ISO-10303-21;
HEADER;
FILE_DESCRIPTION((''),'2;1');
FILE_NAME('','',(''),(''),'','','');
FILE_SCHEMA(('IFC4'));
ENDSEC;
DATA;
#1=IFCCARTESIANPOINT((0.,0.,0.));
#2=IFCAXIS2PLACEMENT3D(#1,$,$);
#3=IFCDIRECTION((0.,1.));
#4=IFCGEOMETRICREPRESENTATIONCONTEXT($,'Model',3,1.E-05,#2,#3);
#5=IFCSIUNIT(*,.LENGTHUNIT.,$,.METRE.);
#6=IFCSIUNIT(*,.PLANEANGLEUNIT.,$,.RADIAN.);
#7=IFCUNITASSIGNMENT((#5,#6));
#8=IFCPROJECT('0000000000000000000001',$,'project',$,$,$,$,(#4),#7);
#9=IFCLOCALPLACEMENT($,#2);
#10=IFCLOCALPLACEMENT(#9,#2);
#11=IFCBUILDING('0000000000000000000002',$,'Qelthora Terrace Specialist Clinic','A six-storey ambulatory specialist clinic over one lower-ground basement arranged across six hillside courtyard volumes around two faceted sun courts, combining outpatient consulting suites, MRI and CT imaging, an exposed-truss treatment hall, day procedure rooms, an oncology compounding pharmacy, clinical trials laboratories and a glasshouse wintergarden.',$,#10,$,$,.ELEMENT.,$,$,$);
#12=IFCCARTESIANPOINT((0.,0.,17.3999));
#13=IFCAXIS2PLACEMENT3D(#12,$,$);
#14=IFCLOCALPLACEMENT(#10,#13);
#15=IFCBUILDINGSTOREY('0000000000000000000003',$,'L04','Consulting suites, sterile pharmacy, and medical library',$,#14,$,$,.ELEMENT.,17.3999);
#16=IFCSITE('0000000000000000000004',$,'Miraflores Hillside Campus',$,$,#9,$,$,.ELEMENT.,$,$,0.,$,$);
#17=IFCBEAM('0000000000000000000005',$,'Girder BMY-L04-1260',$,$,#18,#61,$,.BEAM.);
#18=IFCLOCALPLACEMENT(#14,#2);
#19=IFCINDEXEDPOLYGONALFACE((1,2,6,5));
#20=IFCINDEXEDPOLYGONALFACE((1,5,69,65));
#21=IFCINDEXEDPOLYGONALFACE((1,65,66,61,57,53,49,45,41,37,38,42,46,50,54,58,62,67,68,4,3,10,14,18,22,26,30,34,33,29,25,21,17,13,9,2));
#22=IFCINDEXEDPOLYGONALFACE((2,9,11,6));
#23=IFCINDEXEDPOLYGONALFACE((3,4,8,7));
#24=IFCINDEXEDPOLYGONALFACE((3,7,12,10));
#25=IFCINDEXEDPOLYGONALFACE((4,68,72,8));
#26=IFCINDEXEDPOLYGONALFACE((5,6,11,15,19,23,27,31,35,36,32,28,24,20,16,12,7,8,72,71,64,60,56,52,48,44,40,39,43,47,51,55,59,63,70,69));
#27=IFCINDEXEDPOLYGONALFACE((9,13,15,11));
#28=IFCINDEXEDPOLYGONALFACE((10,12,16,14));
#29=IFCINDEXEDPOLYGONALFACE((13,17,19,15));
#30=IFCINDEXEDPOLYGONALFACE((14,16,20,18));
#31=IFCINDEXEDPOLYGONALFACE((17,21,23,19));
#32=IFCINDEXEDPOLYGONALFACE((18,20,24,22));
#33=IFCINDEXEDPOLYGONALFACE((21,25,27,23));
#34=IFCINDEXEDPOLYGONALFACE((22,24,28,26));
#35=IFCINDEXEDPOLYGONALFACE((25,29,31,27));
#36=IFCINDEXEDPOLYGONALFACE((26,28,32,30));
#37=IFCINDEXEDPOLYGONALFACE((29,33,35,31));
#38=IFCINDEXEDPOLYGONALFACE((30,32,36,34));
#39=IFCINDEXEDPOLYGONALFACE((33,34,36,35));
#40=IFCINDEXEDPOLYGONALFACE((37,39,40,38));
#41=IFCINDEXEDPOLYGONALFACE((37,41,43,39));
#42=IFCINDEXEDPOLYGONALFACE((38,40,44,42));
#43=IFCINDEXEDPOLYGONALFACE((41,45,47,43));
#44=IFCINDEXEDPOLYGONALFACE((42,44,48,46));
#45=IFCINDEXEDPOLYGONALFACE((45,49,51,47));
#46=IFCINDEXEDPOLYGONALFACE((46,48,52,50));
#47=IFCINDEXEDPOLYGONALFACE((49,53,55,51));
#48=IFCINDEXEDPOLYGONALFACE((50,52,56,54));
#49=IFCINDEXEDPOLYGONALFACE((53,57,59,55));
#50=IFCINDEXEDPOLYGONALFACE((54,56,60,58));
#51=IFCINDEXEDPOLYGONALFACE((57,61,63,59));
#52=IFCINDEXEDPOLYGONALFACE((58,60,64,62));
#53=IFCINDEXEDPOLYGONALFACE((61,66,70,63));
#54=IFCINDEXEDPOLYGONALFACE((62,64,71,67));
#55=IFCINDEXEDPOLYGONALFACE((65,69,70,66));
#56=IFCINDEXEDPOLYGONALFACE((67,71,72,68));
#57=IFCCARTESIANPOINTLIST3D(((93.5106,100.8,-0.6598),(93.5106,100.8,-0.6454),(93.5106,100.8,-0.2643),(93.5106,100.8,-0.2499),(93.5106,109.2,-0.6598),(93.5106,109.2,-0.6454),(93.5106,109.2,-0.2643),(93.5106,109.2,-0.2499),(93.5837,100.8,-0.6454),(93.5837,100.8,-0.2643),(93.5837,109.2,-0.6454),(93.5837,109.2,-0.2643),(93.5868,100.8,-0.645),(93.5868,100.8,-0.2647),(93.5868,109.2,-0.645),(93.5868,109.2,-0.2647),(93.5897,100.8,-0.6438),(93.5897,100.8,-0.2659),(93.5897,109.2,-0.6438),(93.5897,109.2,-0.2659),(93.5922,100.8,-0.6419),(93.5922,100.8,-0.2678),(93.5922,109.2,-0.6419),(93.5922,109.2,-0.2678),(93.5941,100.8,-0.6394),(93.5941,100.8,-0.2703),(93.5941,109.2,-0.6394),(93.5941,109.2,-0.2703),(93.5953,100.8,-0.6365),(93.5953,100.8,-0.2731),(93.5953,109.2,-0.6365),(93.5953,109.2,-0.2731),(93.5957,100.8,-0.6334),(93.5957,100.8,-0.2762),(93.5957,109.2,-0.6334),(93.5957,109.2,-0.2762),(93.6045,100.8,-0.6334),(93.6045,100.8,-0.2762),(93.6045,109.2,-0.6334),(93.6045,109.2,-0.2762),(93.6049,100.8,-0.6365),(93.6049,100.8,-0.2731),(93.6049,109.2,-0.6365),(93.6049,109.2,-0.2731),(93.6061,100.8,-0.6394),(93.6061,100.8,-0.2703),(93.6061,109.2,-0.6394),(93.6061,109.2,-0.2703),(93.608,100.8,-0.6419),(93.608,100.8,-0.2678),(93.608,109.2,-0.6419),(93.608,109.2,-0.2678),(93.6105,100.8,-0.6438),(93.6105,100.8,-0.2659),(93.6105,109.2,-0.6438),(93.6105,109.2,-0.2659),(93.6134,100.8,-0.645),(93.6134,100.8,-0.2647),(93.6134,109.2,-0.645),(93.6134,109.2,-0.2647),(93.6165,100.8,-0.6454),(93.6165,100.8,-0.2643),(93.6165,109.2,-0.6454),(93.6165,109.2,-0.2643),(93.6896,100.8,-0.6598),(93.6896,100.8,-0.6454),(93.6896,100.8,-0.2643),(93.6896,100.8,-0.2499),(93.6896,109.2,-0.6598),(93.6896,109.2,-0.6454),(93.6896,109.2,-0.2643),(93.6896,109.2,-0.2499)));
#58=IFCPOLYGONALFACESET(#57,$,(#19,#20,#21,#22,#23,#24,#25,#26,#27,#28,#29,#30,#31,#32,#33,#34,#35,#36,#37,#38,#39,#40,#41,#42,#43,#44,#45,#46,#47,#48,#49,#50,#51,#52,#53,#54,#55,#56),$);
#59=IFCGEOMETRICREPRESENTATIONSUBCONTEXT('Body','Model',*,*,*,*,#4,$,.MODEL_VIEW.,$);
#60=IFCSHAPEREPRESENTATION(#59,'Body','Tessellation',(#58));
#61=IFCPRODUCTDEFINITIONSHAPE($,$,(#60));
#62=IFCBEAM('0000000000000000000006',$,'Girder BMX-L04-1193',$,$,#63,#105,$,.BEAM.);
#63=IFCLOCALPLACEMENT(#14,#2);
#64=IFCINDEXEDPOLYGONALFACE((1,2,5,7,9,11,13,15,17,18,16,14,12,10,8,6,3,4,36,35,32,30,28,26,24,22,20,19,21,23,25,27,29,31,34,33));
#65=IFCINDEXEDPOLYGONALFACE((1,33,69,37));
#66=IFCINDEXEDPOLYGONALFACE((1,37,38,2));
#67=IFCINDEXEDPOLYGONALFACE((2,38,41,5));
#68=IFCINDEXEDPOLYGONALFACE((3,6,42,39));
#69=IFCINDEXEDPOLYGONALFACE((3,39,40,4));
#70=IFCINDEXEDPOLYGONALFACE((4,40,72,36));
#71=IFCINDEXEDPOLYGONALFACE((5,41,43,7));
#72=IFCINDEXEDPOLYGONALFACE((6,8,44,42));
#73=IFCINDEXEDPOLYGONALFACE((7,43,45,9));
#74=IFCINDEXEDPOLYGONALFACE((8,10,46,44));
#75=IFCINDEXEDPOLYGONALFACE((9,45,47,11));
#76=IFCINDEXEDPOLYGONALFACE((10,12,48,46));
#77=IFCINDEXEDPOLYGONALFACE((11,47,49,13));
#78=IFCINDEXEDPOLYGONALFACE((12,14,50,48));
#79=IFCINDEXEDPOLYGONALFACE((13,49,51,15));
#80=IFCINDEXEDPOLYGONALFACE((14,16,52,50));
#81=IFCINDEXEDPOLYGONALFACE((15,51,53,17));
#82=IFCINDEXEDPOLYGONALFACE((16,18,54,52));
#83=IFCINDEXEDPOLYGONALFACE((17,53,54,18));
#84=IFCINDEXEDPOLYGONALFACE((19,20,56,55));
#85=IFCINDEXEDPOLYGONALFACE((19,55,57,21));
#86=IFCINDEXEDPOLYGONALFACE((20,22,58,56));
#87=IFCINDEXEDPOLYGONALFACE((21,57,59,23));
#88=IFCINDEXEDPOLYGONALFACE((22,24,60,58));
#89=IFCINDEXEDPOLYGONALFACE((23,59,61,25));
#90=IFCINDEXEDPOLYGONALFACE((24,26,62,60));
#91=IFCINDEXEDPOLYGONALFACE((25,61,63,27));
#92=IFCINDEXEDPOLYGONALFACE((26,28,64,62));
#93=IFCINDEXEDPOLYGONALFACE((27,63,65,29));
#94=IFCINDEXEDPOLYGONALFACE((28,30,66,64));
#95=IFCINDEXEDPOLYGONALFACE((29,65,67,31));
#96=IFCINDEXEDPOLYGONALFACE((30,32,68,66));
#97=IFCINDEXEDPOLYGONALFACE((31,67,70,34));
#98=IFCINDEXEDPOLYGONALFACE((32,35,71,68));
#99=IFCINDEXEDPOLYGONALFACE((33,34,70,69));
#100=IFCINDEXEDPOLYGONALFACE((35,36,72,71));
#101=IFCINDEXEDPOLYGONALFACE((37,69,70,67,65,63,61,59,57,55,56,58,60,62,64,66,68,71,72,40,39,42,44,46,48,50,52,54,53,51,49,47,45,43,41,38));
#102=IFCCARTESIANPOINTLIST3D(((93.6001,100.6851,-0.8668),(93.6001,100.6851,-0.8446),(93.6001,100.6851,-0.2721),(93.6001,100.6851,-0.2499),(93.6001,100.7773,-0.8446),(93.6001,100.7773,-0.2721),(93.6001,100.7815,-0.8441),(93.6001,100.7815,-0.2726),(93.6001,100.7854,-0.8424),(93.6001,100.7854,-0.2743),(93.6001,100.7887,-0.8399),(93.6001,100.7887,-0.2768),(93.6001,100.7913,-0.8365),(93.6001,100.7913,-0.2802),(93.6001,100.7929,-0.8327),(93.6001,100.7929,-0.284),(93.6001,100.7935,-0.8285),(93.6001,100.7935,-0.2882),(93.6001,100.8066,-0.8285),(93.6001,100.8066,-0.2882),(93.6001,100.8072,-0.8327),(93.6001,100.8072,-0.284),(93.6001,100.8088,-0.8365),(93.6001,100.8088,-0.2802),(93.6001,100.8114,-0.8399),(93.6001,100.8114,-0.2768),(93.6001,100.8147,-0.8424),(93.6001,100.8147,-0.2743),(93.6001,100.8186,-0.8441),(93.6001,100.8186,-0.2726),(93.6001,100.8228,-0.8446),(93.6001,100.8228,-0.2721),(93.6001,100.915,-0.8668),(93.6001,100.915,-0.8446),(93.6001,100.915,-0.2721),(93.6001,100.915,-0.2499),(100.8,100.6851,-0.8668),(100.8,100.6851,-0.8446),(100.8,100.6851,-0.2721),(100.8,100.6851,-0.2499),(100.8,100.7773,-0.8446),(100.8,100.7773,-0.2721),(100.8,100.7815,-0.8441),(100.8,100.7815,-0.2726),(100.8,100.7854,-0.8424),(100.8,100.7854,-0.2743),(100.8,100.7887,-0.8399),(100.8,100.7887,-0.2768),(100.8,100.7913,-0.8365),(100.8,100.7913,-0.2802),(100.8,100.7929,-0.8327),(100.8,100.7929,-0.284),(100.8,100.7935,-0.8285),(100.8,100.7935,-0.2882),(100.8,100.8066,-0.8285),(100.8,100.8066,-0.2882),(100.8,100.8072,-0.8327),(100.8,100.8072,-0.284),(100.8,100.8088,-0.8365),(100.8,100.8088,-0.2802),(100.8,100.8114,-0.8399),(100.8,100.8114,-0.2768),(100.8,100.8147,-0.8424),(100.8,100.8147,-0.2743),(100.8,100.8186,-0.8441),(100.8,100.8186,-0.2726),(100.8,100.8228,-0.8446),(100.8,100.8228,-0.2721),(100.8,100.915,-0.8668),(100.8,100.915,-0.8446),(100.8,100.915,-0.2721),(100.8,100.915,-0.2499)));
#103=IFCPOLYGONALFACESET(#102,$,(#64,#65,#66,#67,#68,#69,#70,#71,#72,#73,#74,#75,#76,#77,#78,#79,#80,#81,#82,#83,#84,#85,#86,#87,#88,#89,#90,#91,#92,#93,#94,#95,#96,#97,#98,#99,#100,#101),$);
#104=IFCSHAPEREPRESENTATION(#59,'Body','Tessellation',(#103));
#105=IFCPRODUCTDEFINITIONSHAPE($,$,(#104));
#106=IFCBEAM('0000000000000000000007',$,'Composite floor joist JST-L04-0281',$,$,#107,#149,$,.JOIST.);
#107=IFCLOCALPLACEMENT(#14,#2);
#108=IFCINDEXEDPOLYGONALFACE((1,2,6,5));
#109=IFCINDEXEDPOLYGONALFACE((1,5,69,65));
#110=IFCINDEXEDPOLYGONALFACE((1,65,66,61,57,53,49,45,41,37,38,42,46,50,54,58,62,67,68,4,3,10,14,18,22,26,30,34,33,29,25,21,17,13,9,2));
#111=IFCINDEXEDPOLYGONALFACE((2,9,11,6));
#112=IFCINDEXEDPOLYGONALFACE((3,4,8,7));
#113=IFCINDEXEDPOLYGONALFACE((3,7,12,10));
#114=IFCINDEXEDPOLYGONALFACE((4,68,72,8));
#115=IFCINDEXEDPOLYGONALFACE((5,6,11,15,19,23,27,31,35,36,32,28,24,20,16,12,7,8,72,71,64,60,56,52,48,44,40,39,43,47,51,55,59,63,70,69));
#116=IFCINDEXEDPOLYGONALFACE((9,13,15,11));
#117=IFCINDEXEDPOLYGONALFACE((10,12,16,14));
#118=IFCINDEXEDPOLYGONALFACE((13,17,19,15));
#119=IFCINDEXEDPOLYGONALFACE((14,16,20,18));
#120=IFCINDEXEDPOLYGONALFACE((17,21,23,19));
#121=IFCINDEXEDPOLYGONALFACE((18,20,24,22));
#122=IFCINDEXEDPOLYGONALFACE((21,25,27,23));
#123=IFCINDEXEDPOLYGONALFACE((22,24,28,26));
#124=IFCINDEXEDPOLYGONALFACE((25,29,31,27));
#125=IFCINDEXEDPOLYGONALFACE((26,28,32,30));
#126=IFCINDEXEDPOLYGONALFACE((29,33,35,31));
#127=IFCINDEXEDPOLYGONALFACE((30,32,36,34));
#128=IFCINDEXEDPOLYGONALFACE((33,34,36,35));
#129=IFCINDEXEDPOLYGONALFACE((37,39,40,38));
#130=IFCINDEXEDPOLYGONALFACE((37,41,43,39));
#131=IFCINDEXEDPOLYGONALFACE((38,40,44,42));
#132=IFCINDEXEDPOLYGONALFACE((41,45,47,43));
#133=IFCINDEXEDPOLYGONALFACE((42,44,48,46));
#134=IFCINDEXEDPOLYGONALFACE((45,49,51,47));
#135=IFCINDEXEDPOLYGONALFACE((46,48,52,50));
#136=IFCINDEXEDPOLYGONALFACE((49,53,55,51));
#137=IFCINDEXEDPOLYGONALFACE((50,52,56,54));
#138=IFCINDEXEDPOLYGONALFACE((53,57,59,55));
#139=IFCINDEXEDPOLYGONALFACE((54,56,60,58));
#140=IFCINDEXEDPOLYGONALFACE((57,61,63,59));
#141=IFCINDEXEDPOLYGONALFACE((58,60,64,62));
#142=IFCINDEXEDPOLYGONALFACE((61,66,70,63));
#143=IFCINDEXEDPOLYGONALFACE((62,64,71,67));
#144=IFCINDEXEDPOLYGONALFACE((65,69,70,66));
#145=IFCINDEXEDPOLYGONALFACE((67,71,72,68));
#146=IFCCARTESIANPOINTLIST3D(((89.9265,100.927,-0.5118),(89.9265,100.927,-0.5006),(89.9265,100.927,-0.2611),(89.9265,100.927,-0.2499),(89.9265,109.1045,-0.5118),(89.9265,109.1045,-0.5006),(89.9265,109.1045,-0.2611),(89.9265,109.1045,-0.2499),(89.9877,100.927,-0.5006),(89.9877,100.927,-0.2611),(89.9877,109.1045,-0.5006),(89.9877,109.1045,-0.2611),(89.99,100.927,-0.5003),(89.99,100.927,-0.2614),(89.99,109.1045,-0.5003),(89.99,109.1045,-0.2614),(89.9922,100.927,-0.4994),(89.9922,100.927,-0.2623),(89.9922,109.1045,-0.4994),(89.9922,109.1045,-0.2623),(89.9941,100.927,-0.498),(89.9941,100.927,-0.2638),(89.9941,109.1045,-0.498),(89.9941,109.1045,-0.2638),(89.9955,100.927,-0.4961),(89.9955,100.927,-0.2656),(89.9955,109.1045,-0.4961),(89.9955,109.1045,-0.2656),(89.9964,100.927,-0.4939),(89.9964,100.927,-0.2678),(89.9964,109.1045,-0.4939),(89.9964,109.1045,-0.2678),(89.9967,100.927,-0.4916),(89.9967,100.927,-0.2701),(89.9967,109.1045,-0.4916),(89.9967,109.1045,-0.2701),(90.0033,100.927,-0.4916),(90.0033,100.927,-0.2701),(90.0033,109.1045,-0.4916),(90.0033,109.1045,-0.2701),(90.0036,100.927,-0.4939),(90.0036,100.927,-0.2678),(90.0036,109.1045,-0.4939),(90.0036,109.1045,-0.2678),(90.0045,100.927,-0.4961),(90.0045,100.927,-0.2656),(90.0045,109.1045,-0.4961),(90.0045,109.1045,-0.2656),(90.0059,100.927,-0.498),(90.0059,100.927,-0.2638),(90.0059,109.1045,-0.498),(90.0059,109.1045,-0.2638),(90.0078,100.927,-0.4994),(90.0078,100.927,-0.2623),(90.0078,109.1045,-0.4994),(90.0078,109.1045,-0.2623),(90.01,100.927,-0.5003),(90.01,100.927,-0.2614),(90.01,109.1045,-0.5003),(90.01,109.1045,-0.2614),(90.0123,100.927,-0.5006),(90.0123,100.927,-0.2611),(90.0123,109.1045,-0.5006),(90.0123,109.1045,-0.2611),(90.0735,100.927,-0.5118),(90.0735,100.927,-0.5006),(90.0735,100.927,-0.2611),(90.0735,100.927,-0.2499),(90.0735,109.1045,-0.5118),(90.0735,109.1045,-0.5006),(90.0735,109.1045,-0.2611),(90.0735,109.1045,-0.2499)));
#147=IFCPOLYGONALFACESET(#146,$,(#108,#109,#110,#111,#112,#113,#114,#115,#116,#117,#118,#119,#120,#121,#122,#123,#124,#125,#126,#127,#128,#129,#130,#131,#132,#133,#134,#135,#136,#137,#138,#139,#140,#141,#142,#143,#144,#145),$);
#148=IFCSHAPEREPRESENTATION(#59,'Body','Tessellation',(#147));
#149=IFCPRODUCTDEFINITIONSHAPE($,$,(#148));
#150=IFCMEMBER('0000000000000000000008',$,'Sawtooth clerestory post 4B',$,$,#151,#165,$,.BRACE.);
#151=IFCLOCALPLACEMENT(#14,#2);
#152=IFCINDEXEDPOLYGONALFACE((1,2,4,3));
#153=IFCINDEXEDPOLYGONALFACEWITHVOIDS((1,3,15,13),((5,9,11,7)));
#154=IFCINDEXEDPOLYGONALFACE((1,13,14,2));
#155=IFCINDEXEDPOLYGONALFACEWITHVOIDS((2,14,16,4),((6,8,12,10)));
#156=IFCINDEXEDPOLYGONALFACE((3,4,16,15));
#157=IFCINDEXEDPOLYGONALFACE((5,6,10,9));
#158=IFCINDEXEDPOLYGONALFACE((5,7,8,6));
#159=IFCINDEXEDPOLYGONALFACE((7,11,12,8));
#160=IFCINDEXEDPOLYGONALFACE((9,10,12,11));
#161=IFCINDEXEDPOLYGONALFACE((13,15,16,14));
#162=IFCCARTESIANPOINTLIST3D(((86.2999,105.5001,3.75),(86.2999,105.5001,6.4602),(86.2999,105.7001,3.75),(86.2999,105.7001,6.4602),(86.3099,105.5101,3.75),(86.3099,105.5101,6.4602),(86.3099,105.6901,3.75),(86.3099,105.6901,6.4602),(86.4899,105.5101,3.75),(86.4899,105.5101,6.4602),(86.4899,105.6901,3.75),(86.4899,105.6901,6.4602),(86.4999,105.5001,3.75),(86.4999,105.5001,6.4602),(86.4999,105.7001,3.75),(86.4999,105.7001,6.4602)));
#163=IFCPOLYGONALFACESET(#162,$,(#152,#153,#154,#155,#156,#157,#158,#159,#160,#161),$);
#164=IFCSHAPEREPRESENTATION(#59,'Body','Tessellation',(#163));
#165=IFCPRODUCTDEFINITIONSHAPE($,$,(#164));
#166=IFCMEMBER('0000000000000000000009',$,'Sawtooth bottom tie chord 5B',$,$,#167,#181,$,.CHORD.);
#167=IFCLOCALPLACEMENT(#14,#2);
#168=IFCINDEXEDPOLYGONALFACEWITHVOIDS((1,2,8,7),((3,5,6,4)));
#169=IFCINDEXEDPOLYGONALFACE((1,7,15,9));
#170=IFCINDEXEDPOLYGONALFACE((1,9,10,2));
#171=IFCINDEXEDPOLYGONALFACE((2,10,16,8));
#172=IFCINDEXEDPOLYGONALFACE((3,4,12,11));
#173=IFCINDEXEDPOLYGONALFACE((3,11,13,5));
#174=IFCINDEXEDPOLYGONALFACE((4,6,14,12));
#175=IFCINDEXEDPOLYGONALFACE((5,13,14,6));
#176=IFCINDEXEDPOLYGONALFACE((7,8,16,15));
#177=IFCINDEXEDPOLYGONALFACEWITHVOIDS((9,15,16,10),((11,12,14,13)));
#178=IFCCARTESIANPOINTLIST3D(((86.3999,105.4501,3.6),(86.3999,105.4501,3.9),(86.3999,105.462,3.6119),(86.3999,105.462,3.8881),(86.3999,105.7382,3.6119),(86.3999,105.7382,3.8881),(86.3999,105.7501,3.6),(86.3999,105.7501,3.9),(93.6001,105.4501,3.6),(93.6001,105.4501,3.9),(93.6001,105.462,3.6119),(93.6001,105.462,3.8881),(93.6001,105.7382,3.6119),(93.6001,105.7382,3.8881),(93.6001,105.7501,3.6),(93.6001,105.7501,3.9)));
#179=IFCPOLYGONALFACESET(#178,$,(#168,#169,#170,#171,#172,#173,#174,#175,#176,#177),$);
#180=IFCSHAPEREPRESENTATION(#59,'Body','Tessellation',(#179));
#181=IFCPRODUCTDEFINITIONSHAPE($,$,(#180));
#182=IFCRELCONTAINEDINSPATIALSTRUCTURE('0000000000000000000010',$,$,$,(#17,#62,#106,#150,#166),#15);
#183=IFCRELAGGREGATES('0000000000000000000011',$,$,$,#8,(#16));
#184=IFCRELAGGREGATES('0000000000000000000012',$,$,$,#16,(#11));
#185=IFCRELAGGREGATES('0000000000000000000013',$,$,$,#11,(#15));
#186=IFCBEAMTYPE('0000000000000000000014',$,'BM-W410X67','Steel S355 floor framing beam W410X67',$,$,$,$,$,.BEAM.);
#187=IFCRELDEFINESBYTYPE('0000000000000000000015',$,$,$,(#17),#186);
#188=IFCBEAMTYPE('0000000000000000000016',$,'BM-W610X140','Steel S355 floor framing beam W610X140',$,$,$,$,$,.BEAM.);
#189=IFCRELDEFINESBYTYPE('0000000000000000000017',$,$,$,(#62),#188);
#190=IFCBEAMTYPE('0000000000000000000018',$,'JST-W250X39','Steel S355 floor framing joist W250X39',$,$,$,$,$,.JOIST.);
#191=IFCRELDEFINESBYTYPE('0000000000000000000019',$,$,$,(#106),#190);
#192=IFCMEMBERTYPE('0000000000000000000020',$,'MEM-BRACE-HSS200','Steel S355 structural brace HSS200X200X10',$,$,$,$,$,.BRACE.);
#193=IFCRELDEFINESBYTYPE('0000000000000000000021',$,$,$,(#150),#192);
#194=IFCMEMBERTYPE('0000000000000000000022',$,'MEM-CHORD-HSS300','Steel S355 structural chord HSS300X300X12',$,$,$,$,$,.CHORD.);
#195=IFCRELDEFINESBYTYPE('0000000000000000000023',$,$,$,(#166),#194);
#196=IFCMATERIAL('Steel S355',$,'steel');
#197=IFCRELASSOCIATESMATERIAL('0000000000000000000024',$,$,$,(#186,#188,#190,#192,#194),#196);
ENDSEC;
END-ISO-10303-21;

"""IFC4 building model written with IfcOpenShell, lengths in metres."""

from ifc_helpers import new_model, si_unit, direction, frame, origin, origin_2d, place, context, subcontext, project, spatial, hollow_rectangle, i_section, extrude, material, material_profile, profile_set, type_object, element, save


model = new_model("IFC4")

# Units and contexts
model_context = context("Model", 3, precision=1e-05, world=origin(), true_north=direction((0.0, 1.0)))
body_context = subcontext(model_context, "Body", "Model", "MODEL_VIEW")
ifc_project = project(units=[si_unit("LENGTHUNIT", "METRE"), si_unit("PLANEANGLEUNIT", "RADIAN")], contexts=[model_context])

# Site, building, storey
site_placement = place(None, origin())
site = spatial("IfcSite", under=ifc_project, at=site_placement, Name="Miraflores Hillside Campus", CompositionType="ELEMENT", RefElevation=0.0)
building_placement = place(site_placement, origin())
building = spatial("IfcBuilding", under=site, at=building_placement, Name="Qelthora Terrace Specialist Clinic", Description="A six-storey ambulatory specialist clinic over one lower-ground basement arranged across six hillside courtyard volumes around two faceted sun courts, combining outpatient consulting suites, MRI and CT imaging, an exposed-truss treatment hall, day procedure rooms, an oncology compounding pharmacy, clinical trials laboratories and a glasshouse wintergarden.", CompositionType="ELEMENT")
storey_placement = place(building_placement, frame((0.0, 0.0, 17.3999)))
storey = spatial("IfcBuildingStorey", under=building, at=storey_placement, Name="L04", Description="Consulting suites, sterile pharmacy, and medical library", CompositionType="ELEMENT", Elevation=17.3999)

# Shared definitions
ifc_material_1 = material(Name="Steel S355", Category="steel")

# Beams
ifc_material_profile_1 = material_profile(ifc_material_1, i_section(OverallWidth=0.179, OverallDepth=0.4099, WebThickness=0.0088, FlangeThickness=0.0144, FilletRadius=0.012, at=origin_2d()), Name="W410X67")
ifc_profile_set_1 = profile_set([ifc_material_profile_1], Name="Steel S355")
beam_type_1 = type_object("IfcBeamType", Name="BM-W410X67", Description="Steel S355 floor framing beam W410X67", PredefinedType="BEAM", material=ifc_profile_set_1)
beam_1_placement = place(storey_placement, frame((93.6001, 100.8, -0.4548), z_axis=(0.0, 1.0, 0.0), x_axis=(-1.0, 0.0, 0.0)))
element("IfcBeam", 1, at=beam_1_placement, inside=storey, type_object=beam_type_1, Name="Girder BMY-L04-1260", PredefinedType="BEAM", context=body_context, shape_type="SweptSolid", body=[
    extrude(i_section(OverallWidth=0.179, OverallDepth=0.4099, WebThickness=0.0088, FlangeThickness=0.0144, FilletRadius=0.012, at=origin_2d()), origin(), (0.0, 0.0, 1.0), 8.3999),
])
ifc_material_profile_2 = material_profile(ifc_material_1, i_section(OverallWidth=0.23, OverallDepth=0.6169, WebThickness=0.0132, FlangeThickness=0.0222, FilletRadius=0.0161, at=origin_2d()), Name="W610X140")
ifc_profile_set_2 = profile_set([ifc_material_profile_2], Name="Steel S355")
beam_type_2 = type_object("IfcBeamType", Name="BM-W610X140", Description="Steel S355 floor framing beam W610X140", PredefinedType="BEAM", material=ifc_profile_set_2)
beam_2_placement = place(storey_placement, frame((93.6001, 100.8, -0.5583), z_axis=(1.0, 0.0, 0.0), x_axis=(0.0, 1.0, 0.0)))
element("IfcBeam", 2, at=beam_2_placement, inside=storey, type_object=beam_type_2, Name="Girder BMX-L04-1193", PredefinedType="BEAM", context=body_context, shape_type="SweptSolid", body=[
    extrude(i_section(OverallWidth=0.23, OverallDepth=0.6169, WebThickness=0.0132, FlangeThickness=0.0222, FilletRadius=0.0161, at=origin_2d()), origin(), (0.0, 0.0, 1.0), 7.2),
])
ifc_material_profile_3 = material_profile(ifc_material_1, i_section(OverallWidth=0.147, OverallDepth=0.262, WebThickness=0.0066, FlangeThickness=0.0112, FilletRadius=0.009, at=origin_2d()), Name="W250X39")
ifc_profile_set_3 = profile_set([ifc_material_profile_3], Name="Steel S355")
beam_type_3 = type_object("IfcBeamType", Name="JST-W250X39", Description="Steel S355 floor framing joist W250X39", PredefinedType="JOIST", material=ifc_profile_set_3)
beam_3_placement = place(storey_placement, frame((90.0, 100.927, -0.3809), z_axis=(0.0, 1.0, 0.0), x_axis=(-1.0, 0.0, 0.0)))
element("IfcBeam", 3, at=beam_3_placement, inside=storey, type_object=beam_type_3, Name="Composite floor joist JST-L04-0281", PredefinedType="JOIST", context=body_context, shape_type="SweptSolid", body=[
    extrude(i_section(OverallWidth=0.147, OverallDepth=0.262, WebThickness=0.0066, FlangeThickness=0.0112, FilletRadius=0.009, at=origin_2d()), origin(), (0.0, 0.0, 1.0), 8.1775),
])

# Members
ifc_material_profile_4 = material_profile(ifc_material_1, hollow_rectangle(XDim=0.2, YDim=0.2, WallThickness=0.01, at=origin_2d()), Name="HSS200X200X10")
ifc_profile_set_4 = profile_set([ifc_material_profile_4], Name="Steel S355")
member_type_1 = type_object("IfcMemberType", Name="MEM-BRACE-HSS200", Description="Steel S355 structural brace HSS200X200X10", PredefinedType="BRACE", material=ifc_profile_set_4)
member_1_placement = place(storey_placement, frame((86.3999, 105.6001, 3.75), z_axis=(0.0, 0.0, 1.0), x_axis=(1.0, 0.0, 0.0)))
element("IfcMember", 4, at=member_1_placement, inside=storey, type_object=member_type_1, Name="Sawtooth clerestory post 4B", PredefinedType="BRACE", context=body_context, shape_type="SweptSolid", body=[
    extrude(hollow_rectangle(XDim=0.2, YDim=0.2, WallThickness=0.01, at=origin_2d()), origin(), (0.0, 0.0, 1.0), 2.7102),
])
ifc_material_profile_5 = material_profile(ifc_material_1, hollow_rectangle(XDim=0.3, YDim=0.3, WallThickness=0.012, at=origin_2d()), Name="HSS300X300X12")
ifc_profile_set_5 = profile_set([ifc_material_profile_5], Name="Steel S355")
member_type_2 = type_object("IfcMemberType", Name="MEM-CHORD-HSS300", Description="Steel S355 structural chord HSS300X300X12", PredefinedType="CHORD", material=ifc_profile_set_5)
member_2_placement = place(storey_placement, frame((86.3999, 105.6001, 3.75), z_axis=(1.0, 0.0, 0.0), x_axis=(0.0, 1.0, 0.0)))
element("IfcMember", 5, at=member_2_placement, inside=storey, type_object=member_type_2, Name="Sawtooth bottom tie chord 5B", PredefinedType="CHORD", context=body_context, shape_type="SweptSolid", body=[
    extrude(hollow_rectangle(XDim=0.3, YDim=0.3, WallThickness=0.012, at=origin_2d()), origin(), (0.0, 0.0, 1.0), 7.2002),
])

save(model, "model.ifc")
